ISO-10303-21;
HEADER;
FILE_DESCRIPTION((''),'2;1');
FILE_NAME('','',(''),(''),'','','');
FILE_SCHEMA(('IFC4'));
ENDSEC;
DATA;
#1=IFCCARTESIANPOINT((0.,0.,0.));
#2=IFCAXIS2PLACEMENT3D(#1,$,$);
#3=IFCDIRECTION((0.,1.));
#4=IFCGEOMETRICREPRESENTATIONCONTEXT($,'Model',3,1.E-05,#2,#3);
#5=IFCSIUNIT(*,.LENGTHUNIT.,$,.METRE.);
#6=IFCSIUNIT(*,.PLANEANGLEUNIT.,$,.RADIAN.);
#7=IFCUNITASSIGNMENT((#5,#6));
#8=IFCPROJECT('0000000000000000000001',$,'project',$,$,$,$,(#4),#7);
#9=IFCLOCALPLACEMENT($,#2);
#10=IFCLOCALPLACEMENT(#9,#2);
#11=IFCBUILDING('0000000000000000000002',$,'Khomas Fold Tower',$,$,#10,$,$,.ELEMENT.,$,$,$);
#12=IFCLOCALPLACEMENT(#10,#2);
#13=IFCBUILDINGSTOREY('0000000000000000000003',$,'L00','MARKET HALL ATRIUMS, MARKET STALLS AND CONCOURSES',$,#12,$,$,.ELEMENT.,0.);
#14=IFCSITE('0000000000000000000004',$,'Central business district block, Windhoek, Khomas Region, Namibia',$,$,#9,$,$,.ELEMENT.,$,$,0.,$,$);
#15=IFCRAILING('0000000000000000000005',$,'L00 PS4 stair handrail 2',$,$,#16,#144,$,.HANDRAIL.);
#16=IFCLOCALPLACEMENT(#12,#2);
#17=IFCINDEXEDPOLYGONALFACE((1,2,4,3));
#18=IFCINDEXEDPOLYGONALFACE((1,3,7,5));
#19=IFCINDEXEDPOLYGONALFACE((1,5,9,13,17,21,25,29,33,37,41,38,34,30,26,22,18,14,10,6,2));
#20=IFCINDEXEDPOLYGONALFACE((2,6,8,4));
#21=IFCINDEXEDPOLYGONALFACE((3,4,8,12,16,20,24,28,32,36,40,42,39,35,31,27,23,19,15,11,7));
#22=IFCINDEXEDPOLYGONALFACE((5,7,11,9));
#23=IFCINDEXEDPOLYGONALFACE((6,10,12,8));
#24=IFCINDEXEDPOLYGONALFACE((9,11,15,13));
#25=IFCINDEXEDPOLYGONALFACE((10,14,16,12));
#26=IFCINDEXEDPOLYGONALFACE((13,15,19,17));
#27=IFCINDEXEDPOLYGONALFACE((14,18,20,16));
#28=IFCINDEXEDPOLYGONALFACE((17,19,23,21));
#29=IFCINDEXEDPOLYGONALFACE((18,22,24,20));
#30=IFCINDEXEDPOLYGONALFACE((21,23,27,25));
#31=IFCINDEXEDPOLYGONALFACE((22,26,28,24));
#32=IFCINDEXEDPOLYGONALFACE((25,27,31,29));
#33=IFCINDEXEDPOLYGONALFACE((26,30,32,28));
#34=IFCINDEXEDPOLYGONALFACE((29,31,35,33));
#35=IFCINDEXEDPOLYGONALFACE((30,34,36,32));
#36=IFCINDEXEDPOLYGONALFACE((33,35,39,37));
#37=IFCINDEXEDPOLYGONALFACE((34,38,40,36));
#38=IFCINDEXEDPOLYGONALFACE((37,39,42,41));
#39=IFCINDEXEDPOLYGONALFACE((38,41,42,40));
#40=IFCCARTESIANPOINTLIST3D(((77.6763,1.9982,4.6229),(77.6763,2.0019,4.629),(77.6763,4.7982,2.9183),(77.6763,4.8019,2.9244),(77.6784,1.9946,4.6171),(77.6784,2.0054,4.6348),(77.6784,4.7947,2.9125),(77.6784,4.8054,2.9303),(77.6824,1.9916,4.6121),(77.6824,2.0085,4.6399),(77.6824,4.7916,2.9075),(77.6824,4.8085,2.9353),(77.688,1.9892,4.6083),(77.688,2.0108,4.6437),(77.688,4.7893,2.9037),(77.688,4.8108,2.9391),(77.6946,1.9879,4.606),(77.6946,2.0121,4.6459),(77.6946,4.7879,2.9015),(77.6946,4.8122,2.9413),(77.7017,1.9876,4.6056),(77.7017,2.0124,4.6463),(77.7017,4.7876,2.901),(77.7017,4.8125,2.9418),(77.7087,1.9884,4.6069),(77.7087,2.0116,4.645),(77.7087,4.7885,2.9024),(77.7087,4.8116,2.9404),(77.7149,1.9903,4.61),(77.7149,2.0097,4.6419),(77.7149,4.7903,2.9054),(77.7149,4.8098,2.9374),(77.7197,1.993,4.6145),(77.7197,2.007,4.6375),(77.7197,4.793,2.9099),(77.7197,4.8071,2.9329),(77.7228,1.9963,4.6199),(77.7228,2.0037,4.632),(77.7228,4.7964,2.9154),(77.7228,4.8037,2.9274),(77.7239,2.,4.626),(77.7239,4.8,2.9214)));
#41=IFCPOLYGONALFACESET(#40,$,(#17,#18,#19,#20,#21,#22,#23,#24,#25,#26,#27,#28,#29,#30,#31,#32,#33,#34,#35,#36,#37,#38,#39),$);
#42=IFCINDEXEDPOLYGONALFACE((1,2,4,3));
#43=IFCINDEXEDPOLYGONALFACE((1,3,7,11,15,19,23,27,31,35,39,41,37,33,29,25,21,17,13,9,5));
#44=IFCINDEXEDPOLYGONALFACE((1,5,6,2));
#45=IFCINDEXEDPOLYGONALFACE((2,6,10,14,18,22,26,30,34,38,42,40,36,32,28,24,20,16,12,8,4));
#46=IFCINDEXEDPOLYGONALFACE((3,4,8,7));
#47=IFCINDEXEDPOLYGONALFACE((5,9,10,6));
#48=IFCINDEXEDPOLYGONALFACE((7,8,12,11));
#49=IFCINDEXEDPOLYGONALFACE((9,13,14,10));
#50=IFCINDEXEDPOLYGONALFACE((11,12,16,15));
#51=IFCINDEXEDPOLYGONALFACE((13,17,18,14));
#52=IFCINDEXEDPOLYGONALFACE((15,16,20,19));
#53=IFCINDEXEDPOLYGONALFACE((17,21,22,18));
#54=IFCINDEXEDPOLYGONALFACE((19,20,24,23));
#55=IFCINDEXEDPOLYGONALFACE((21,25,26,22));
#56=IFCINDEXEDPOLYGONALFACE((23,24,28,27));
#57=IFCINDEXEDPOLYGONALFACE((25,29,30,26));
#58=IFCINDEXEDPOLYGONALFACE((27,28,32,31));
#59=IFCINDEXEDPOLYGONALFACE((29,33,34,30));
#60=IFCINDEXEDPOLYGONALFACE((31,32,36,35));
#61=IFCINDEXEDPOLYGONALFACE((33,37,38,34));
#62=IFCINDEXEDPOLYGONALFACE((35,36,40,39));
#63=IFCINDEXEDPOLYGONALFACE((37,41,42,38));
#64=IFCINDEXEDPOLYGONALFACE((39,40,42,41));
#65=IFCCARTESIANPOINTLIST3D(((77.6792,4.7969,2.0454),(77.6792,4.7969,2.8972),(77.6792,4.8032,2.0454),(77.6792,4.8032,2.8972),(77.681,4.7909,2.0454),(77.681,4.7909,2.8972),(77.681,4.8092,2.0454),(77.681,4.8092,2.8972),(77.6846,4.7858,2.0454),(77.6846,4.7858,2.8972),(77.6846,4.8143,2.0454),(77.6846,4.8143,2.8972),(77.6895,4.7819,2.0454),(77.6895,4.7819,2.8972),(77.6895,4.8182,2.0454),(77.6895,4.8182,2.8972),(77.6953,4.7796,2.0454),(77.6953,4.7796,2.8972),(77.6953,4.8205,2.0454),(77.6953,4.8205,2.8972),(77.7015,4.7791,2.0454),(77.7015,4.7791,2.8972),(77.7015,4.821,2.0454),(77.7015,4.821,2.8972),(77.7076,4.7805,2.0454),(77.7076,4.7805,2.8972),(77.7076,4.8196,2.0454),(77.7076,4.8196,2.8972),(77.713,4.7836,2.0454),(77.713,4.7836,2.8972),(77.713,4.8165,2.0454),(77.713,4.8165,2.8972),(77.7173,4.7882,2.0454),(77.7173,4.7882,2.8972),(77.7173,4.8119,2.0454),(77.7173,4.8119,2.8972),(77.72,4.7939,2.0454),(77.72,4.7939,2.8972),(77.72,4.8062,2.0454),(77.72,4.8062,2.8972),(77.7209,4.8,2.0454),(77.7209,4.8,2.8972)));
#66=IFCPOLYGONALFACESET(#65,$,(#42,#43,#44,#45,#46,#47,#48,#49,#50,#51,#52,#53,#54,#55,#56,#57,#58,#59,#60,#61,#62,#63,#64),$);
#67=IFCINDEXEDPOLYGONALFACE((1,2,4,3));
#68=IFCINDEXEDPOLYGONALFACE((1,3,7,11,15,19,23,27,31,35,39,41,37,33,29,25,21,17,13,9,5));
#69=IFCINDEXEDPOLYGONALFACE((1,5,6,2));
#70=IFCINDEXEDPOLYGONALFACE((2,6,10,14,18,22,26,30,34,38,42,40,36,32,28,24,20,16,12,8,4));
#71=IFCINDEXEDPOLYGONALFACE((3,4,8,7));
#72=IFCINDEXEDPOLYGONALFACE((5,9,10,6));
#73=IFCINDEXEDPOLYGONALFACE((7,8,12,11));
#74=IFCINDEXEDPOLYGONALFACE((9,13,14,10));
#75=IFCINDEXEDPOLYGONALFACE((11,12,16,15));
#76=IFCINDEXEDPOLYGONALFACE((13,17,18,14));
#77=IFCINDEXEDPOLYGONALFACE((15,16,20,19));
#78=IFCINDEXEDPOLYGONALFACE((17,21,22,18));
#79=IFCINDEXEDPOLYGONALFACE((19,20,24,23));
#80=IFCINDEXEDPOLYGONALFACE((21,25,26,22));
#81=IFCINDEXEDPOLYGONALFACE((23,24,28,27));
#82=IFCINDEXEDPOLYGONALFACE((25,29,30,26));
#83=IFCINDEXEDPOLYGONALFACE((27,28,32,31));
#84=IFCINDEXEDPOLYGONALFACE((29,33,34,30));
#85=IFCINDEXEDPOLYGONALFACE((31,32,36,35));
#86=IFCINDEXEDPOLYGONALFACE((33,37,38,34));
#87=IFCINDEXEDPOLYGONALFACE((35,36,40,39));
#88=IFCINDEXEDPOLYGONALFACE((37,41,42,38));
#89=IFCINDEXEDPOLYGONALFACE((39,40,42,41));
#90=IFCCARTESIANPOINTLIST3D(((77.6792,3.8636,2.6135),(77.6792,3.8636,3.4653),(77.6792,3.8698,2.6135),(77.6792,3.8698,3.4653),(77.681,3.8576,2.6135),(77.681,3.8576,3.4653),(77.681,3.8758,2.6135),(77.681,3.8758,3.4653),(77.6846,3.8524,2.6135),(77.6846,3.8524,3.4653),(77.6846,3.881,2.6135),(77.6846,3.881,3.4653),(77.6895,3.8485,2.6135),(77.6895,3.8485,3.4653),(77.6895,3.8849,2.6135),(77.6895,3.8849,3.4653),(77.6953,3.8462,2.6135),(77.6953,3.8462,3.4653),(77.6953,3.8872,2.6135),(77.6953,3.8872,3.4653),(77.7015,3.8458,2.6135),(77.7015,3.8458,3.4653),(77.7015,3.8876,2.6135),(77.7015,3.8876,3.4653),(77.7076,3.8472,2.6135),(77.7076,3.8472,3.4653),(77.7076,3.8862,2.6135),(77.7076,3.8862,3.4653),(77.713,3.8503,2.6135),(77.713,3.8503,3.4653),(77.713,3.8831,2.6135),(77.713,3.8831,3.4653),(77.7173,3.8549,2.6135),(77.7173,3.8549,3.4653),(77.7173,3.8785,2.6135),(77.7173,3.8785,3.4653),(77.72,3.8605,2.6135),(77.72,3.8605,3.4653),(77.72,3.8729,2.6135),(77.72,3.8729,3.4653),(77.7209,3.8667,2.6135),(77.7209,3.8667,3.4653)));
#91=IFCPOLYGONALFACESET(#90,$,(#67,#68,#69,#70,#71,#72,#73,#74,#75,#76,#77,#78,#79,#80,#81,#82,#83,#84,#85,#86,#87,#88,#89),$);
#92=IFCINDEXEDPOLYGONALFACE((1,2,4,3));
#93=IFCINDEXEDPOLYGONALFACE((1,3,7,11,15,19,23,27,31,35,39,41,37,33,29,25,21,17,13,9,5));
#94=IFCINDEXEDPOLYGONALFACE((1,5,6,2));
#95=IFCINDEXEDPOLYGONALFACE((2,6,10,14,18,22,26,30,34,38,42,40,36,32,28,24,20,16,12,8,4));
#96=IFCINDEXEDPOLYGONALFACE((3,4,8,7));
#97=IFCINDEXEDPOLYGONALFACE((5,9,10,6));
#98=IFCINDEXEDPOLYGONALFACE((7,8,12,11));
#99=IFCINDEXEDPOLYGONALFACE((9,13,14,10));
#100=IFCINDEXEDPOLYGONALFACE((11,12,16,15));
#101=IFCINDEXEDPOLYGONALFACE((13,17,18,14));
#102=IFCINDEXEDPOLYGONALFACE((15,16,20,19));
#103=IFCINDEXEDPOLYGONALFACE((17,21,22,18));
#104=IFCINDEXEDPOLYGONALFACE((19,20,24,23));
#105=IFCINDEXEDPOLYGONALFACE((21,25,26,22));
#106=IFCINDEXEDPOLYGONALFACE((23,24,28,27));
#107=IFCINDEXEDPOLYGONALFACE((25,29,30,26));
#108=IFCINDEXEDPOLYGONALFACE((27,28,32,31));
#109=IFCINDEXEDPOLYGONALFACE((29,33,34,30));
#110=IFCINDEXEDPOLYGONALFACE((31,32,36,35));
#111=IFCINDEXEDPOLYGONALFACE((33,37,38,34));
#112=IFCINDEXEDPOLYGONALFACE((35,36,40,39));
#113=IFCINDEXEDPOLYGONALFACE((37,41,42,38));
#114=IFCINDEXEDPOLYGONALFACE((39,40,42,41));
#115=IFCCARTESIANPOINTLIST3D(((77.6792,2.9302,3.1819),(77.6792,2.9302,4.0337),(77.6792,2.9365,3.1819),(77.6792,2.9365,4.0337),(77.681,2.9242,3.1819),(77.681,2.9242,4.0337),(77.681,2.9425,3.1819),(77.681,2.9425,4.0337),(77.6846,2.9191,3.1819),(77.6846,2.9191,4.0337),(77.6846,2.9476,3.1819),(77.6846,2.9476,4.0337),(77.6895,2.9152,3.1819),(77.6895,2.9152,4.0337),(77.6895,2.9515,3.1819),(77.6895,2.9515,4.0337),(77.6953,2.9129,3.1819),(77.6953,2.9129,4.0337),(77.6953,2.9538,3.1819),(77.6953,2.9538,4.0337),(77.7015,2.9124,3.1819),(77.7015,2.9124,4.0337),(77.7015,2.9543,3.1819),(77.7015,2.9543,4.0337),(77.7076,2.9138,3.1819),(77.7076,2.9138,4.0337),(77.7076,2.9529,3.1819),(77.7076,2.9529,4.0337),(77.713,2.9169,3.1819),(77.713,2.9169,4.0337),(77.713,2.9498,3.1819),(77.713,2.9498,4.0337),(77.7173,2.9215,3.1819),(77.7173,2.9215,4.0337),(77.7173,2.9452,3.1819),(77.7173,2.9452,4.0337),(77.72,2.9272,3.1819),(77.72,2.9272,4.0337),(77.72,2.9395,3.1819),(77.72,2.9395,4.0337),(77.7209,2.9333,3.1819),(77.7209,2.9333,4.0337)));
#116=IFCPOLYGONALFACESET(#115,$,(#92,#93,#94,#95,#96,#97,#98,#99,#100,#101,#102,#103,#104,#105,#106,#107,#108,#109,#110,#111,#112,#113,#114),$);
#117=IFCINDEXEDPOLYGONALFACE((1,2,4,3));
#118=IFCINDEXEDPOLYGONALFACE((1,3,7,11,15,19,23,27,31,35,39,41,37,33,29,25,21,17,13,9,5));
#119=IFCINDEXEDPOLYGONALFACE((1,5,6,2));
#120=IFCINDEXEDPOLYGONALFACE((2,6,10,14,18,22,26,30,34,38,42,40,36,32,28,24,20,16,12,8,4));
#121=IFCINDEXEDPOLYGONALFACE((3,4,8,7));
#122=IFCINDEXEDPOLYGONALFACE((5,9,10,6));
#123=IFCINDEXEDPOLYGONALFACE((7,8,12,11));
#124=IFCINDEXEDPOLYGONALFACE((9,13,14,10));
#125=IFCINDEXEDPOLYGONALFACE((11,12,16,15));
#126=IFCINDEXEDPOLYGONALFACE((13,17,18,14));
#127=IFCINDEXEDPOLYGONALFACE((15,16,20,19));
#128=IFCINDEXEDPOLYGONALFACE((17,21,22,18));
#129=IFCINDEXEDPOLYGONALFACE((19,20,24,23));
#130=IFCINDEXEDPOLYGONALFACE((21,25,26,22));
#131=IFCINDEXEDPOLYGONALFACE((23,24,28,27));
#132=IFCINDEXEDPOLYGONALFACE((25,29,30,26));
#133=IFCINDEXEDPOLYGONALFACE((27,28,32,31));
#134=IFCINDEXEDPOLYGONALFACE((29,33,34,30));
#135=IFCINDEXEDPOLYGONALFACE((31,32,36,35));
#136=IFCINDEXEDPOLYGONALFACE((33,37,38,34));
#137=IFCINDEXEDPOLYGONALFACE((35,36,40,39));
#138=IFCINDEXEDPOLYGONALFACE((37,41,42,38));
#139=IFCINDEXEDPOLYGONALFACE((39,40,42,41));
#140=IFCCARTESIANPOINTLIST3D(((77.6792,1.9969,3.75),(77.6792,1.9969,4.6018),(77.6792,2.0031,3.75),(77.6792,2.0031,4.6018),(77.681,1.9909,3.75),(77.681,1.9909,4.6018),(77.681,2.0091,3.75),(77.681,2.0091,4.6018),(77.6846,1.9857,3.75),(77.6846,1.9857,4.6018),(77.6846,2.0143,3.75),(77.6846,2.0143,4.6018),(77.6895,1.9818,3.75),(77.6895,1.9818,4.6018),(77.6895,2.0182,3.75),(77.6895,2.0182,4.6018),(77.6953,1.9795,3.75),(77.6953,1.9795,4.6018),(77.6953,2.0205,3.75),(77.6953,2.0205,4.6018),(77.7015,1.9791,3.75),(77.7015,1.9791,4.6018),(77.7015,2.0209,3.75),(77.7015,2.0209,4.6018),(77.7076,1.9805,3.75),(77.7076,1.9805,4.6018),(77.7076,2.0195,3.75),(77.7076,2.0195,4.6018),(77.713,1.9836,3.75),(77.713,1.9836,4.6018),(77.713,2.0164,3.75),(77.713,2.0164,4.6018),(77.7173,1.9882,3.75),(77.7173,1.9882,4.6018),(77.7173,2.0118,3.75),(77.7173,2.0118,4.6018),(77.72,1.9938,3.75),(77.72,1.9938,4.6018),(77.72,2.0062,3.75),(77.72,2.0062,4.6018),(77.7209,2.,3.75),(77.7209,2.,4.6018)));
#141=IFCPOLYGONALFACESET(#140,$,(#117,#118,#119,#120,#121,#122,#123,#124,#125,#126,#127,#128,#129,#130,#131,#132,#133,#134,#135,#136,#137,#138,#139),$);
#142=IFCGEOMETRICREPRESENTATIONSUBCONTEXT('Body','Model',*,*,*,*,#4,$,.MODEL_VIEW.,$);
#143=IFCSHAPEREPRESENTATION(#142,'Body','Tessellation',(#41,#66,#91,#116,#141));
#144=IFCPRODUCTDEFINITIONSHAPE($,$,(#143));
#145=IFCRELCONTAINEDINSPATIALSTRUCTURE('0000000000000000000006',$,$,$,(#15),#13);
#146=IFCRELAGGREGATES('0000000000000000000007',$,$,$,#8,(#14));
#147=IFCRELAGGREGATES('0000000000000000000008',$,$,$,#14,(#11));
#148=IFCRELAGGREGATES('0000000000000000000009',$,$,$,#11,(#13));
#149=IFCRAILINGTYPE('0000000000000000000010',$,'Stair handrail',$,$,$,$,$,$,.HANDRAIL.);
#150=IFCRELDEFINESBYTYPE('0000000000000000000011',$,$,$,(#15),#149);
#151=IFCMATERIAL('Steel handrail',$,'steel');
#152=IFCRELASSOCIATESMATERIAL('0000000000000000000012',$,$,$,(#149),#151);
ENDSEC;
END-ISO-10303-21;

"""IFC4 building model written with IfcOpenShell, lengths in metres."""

from ifc_helpers import new_model, si_unit, direction, frame, origin, origin_2d, place, context, subcontext, project, spatial, circle, extrude, source, transform, mapped, material, type_object, element, save


model = new_model("IFC4")

# Units and contexts
model_context = context("Model", 3, precision=1e-05, world=origin(), true_north=direction((0.0, 1.0)))
body_context = subcontext(model_context, "Body", "Model", "MODEL_VIEW")
ifc_project = project(units=[si_unit("LENGTHUNIT", "METRE"), si_unit("PLANEANGLEUNIT", "RADIAN")], contexts=[model_context])

# Site, building, storey
site_placement = place(None, origin())
site = spatial("IfcSite", under=ifc_project, at=site_placement, Name="Central business district block, Windhoek, Khomas Region, Namibia", CompositionType="ELEMENT", RefElevation=0.0)
building_placement = place(site_placement, origin())
building = spatial("IfcBuilding", under=site, at=building_placement, Name="Khomas Fold Tower", CompositionType="ELEMENT")
storey_placement = place(building_placement, origin())
storey = spatial("IfcBuildingStorey", under=building, at=storey_placement, Name="L00", Description="MARKET HALL ATRIUMS, MARKET STALLS AND CONCOURSES", CompositionType="ELEMENT", Elevation=0.0)

# Railing
ifc_material_1 = material(Name="Steel handrail", Category="steel")
railing_type_1 = type_object("IfcRailingType", Name="Stair handrail", PredefinedType="HANDRAIL", material=ifc_material_1)
shared_shape_1 = source(origin(), body_context, "Body", "SweptSolid", [
    extrude(circle(Radius=0.0239, at=origin_2d()), frame((0.0, 0.0, 0.876), z_axis=(0.0, -0.85417, 0.519994), x_axis=(1.0, 0.0, 0.0)), (0.0, 0.0, 1.0), 3.2781),
    extrude(circle(Radius=0.021, at=origin_2d()), origin(), (0.0, 0.0, 1.0), 0.8518),
    extrude(circle(Radius=0.021, at=origin_2d()), frame((0.0, -0.9333, 0.5681)), (0.0, 0.0, 1.0), 0.8518),
    extrude(circle(Radius=0.021, at=origin_2d()), frame((0.0, -1.8667, 1.1365)), (0.0, 0.0, 1.0), 0.8518),
    extrude(circle(Radius=0.021, at=origin_2d()), frame((0.0, -2.8, 1.7046)), (0.0, 0.0, 1.0), 0.8518),
])
for number, where, name in (
    (1, (77.7, 4.8, 2.0454), "L00 PS4 stair handrail 2"),
):
    element("IfcRailing", number, at=place(storey_placement, frame(where)), inside=storey, type_object=railing_type_1, Name=name, PredefinedType="HANDRAIL", context=body_context, shape_type="MappedRepresentation", body=[
        mapped(shared_shape_1, transform((0.0, 0.0, 0.0))),
    ])

save(model, "model.ifc")
